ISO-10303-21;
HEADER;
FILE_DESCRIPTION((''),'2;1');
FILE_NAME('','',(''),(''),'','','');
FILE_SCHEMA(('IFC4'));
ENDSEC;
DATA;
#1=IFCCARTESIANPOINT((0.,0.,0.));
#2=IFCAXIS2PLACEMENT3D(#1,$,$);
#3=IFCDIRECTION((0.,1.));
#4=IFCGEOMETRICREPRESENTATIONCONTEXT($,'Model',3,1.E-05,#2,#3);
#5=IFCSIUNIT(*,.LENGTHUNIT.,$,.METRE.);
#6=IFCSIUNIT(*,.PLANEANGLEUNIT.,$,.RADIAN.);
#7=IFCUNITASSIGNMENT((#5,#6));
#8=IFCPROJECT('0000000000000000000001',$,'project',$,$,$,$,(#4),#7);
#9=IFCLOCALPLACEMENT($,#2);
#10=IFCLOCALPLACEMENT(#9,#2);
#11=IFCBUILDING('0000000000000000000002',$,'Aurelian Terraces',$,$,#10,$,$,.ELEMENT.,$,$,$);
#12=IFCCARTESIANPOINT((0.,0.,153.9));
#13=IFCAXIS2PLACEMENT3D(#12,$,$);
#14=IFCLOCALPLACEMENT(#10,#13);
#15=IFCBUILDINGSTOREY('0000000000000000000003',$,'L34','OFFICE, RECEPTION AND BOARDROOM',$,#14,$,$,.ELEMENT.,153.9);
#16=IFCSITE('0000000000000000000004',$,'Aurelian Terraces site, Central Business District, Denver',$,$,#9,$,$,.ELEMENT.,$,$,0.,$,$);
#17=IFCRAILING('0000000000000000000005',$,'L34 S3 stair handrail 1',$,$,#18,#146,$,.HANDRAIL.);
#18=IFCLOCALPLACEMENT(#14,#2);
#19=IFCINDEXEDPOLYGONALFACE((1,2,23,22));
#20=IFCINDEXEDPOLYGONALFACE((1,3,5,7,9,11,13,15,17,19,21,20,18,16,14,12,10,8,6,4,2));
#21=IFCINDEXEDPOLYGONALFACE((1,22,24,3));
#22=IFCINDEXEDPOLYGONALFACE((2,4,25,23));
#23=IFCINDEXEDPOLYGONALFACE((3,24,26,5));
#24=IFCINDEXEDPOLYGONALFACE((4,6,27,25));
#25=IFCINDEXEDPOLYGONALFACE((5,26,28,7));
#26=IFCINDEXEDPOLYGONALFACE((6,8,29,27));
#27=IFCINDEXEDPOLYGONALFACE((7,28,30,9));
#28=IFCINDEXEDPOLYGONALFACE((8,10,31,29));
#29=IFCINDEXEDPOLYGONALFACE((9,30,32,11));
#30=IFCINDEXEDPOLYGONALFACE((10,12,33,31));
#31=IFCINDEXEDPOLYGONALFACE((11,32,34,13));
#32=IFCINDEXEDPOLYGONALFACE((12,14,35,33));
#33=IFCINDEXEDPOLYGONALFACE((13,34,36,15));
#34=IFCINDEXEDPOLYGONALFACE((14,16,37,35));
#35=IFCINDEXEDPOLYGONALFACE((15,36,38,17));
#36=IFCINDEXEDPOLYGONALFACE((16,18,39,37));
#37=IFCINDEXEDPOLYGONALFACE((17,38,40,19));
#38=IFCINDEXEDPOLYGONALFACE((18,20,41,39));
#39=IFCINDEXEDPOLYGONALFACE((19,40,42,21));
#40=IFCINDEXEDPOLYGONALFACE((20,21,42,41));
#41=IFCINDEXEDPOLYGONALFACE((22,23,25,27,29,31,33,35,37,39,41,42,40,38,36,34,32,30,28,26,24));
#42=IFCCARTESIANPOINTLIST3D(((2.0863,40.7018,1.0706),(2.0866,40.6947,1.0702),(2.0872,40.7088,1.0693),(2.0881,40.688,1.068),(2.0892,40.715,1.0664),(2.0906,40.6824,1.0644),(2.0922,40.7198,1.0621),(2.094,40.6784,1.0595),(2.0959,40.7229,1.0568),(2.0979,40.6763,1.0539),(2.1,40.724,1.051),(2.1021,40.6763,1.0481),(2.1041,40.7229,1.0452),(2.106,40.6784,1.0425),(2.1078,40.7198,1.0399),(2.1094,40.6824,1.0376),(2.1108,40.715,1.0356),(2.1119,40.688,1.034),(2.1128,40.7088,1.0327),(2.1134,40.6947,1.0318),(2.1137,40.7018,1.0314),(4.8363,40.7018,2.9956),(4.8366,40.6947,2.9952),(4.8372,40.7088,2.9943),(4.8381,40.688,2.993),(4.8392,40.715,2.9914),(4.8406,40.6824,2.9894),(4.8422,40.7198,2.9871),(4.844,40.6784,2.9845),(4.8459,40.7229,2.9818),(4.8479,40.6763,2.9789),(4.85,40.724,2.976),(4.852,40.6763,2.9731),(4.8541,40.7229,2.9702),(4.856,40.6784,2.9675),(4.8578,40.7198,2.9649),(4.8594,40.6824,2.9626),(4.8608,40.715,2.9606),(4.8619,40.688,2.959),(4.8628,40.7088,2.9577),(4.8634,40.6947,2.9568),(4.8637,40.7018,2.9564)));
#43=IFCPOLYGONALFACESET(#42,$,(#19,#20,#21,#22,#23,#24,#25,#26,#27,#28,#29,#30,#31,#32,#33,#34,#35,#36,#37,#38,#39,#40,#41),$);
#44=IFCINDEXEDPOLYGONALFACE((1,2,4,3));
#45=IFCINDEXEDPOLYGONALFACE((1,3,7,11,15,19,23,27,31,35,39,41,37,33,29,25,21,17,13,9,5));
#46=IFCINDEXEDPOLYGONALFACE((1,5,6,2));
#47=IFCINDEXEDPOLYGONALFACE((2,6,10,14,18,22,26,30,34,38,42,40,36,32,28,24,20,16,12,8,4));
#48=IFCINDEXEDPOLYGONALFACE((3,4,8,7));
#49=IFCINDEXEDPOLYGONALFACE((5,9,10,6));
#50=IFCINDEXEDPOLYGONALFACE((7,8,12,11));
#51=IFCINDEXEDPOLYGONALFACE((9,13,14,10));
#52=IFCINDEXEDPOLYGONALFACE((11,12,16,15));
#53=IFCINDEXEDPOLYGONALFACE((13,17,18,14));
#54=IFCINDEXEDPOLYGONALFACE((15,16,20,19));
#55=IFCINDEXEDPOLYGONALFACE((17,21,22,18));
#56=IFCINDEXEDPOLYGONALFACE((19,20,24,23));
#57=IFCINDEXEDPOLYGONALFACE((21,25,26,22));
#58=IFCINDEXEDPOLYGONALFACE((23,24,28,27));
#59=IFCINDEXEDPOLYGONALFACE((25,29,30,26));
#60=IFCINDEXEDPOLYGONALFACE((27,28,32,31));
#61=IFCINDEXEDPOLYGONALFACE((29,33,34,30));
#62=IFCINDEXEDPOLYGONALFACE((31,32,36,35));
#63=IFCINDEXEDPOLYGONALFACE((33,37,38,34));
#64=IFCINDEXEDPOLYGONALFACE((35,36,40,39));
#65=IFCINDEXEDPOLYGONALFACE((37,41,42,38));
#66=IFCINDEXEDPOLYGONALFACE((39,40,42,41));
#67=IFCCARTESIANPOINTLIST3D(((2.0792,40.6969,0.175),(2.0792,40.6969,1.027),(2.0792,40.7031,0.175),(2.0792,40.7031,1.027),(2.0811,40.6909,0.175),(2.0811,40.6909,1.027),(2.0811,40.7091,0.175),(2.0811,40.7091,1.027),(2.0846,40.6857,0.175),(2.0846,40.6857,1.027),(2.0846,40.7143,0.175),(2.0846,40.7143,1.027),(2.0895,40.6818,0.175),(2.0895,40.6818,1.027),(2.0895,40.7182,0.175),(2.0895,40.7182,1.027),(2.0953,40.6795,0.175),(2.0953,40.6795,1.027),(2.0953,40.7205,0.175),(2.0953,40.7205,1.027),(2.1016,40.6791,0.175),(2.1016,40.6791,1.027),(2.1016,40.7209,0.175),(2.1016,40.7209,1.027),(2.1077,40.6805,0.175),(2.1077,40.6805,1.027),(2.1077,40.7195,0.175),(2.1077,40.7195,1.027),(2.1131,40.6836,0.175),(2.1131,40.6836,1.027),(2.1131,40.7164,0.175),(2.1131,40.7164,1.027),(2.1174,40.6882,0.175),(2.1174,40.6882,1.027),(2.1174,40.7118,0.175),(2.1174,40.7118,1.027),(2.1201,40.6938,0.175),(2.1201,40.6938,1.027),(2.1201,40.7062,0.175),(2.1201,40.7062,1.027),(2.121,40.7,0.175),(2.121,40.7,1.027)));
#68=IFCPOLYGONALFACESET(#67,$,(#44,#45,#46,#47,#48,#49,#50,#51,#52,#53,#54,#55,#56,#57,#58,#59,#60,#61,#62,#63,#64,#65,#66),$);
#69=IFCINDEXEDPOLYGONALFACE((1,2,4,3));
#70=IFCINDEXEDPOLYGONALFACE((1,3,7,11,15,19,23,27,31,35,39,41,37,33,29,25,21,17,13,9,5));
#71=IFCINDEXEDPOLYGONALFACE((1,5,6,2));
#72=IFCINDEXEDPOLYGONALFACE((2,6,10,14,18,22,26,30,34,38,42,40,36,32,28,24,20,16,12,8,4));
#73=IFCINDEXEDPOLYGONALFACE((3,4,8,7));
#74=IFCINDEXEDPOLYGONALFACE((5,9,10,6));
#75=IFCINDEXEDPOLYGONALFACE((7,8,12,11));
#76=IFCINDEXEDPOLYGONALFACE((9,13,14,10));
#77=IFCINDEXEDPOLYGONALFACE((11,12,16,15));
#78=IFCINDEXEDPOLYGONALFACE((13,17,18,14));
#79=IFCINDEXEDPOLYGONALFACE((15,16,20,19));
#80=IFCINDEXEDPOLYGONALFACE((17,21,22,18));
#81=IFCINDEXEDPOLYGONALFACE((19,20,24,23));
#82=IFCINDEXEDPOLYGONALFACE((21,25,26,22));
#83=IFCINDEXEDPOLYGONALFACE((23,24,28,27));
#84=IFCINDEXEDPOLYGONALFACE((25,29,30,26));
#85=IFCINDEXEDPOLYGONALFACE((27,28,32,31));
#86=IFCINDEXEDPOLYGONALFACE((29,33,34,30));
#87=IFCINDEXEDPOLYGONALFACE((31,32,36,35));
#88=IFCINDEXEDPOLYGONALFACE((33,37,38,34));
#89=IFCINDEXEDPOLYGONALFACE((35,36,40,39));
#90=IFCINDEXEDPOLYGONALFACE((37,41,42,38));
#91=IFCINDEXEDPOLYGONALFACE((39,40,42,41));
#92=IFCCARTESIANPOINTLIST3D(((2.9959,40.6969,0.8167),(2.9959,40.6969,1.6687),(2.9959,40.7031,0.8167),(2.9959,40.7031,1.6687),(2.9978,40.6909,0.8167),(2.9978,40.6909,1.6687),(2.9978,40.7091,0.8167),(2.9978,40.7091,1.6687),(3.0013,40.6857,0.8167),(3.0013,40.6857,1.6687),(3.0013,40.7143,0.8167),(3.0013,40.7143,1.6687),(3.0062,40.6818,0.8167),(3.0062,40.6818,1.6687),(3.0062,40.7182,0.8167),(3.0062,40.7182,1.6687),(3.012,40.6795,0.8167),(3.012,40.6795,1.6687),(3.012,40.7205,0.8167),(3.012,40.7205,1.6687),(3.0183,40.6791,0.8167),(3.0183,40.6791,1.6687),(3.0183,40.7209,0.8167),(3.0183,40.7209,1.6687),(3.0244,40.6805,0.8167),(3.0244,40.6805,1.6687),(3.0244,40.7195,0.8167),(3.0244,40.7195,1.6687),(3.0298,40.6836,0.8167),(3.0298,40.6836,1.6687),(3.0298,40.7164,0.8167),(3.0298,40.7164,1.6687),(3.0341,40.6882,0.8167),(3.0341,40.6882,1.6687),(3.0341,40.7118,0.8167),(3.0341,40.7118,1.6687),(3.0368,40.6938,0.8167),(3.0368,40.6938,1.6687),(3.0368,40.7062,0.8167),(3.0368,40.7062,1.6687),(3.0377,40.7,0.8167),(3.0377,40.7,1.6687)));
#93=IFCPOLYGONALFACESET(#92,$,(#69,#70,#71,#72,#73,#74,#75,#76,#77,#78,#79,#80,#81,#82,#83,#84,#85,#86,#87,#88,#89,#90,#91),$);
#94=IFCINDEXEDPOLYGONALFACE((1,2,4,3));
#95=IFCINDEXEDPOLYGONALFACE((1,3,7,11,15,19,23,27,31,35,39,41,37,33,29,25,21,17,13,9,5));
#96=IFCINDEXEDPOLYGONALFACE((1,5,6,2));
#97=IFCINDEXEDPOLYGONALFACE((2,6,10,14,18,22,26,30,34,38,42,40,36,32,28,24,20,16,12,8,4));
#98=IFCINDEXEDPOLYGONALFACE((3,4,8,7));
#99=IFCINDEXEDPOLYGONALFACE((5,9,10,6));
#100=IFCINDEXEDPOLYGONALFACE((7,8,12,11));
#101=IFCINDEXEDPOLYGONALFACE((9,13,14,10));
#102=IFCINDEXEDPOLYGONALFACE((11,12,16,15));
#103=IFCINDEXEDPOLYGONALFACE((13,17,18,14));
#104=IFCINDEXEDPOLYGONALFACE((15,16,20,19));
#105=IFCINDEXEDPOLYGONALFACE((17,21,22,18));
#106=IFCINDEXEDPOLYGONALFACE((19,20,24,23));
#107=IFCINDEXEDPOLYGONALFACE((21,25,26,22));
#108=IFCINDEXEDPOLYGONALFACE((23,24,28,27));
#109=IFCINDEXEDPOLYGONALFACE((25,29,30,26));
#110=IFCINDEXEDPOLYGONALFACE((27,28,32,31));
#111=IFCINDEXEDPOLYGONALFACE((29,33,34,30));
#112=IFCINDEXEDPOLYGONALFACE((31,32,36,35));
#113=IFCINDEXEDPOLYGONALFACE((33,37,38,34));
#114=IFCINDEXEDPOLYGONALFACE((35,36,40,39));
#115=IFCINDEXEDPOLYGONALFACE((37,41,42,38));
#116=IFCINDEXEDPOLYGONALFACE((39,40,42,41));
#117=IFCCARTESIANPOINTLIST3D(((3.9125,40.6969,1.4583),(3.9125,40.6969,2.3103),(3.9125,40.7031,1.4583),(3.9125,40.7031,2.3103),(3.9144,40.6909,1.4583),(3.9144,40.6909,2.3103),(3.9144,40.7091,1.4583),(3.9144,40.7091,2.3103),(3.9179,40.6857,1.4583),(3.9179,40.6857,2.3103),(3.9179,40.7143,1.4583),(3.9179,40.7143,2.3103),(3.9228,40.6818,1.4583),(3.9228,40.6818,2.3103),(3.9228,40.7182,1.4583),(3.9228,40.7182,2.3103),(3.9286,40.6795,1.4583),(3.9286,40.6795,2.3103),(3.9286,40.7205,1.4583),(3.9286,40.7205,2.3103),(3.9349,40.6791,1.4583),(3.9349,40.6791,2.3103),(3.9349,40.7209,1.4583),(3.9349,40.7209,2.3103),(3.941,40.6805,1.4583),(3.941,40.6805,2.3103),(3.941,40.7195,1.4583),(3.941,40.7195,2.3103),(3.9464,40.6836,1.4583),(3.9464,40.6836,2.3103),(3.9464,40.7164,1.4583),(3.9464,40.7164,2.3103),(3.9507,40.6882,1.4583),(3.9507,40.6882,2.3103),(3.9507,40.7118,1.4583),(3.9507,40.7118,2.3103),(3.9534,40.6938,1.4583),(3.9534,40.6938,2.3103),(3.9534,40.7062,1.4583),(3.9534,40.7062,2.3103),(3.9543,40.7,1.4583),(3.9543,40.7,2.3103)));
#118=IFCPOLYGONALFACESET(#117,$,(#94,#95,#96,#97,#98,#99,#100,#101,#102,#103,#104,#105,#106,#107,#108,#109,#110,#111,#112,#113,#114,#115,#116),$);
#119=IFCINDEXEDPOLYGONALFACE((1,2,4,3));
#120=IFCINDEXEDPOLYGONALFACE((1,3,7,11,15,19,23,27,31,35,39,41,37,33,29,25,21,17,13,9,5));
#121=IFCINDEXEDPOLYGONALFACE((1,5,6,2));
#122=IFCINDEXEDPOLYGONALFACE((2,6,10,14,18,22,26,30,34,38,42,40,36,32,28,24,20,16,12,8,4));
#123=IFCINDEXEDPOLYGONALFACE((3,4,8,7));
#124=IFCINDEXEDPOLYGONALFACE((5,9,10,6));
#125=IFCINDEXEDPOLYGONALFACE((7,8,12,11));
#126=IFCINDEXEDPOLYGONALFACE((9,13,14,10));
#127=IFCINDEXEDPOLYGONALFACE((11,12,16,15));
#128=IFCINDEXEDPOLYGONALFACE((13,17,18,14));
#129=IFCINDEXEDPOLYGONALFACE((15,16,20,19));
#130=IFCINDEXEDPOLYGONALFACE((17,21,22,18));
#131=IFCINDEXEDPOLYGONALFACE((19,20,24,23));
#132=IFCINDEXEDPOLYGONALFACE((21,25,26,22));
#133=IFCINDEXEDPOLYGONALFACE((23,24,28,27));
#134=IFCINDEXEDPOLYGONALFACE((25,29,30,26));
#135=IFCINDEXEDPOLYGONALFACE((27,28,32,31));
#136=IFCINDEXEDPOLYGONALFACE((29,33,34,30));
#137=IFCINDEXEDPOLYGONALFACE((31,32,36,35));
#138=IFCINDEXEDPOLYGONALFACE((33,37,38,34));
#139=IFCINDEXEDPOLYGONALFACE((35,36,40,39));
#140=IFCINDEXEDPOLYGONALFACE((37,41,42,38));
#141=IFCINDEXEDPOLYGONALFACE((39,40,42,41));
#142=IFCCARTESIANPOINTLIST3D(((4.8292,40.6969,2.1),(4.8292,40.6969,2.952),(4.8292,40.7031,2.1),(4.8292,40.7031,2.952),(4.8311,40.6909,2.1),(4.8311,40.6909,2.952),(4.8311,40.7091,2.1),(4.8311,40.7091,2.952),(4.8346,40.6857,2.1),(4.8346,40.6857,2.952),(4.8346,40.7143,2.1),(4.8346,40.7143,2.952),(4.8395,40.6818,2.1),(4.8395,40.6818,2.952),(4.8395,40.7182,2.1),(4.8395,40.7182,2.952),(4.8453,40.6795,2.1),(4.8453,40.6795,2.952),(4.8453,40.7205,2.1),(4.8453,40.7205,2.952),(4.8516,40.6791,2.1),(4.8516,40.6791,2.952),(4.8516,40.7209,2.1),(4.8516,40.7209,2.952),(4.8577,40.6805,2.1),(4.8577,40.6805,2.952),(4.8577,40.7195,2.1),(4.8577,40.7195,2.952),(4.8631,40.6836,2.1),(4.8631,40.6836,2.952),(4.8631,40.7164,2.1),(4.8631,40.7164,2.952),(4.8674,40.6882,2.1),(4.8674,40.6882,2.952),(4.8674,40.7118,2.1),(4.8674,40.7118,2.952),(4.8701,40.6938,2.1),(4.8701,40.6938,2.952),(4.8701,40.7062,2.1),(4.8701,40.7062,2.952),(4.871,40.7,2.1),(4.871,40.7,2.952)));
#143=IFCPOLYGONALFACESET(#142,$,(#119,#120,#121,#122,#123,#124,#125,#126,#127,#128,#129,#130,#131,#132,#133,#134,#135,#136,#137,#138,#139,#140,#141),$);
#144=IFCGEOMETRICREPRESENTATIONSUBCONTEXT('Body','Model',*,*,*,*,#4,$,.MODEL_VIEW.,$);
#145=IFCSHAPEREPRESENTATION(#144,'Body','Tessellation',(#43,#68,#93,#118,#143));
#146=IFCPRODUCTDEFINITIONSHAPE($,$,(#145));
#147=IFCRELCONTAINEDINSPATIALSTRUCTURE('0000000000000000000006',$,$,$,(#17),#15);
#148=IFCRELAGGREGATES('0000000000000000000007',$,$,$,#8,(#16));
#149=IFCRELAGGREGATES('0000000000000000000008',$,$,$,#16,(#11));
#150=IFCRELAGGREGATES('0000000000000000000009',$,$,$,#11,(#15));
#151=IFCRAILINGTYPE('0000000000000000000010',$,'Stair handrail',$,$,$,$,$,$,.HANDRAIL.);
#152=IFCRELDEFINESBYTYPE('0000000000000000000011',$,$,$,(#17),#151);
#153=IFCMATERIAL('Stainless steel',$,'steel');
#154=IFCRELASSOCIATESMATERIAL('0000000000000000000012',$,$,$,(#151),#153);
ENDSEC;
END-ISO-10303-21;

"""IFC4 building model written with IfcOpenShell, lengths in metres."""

from ifc_helpers import new_model, si_unit, direction, frame, origin, origin_2d, place, context, subcontext, project, spatial, circle, extrude, source, transform, mapped, material, type_object, element, save


model = new_model("IFC4")

# Units and contexts
model_context = context("Model", 3, precision=1e-05, world=origin(), true_north=direction((0.0, 1.0)))
body_context = subcontext(model_context, "Body", "Model", "MODEL_VIEW")
ifc_project = project(units=[si_unit("LENGTHUNIT", "METRE"), si_unit("PLANEANGLEUNIT", "RADIAN")], contexts=[model_context])

# Site, building, storey
site_placement = place(None, origin())
site = spatial("IfcSite", under=ifc_project, at=site_placement, Name="Aurelian Terraces site, Central Business District, Denver", CompositionType="ELEMENT", RefElevation=0.0)
building_placement = place(site_placement, origin())
building = spatial("IfcBuilding", under=site, at=building_placement, Name="Aurelian Terraces", CompositionType="ELEMENT")
storey_placement = place(building_placement, frame((0.0, 0.0, 153.9)))
storey = spatial("IfcBuildingStorey", under=building, at=storey_placement, Name="L34", Description="OFFICE, RECEPTION AND BOARDROOM", CompositionType="ELEMENT", Elevation=153.9)

# Railing
ifc_material_1 = material(Name="Stainless steel", Category="steel")
railing_type_1 = type_object("IfcRailingType", Name="Stair handrail", PredefinedType="HANDRAIL", material=ifc_material_1)
shared_shape_1 = source(origin(), body_context, "Body", "SweptSolid", [
    extrude(circle(Radius=0.024, at=origin_2d()), frame((0.0, 0.0, 0.876), z_axis=(0.819232, 0.0, 0.573462), x_axis=(0.0, 1.0, 0.0)), (0.0, 0.0, 1.0), 3.3568),
    extrude(circle(Radius=0.021, at=origin_2d()), origin(), (0.0, 0.0, 1.0), 0.852),
    extrude(circle(Radius=0.021, at=origin_2d()), frame((0.9167, 0.0, 0.6417)), (0.0, 0.0, 1.0), 0.852),
    extrude(circle(Radius=0.021, at=origin_2d()), frame((1.8333, 0.0, 1.2833)), (0.0, 0.0, 1.0), 0.852),
    extrude(circle(Radius=0.021, at=origin_2d()), frame((2.75, 0.0, 1.925)), (0.0, 0.0, 1.0), 0.852),
])
railing_1_placement = place(storey_placement, frame((2.1, 40.7, 0.175)))
element("IfcRailing", 1, at=railing_1_placement, inside=storey, type_object=railing_type_1, Name="L34 S3 stair handrail 1", PredefinedType="HANDRAIL", context=body_context, shape_type="MappedRepresentation", body=[
    mapped(shared_shape_1, transform((0.0, 0.0, 0.0), scale=1.0)),
])

save(model, "model.ifc")
